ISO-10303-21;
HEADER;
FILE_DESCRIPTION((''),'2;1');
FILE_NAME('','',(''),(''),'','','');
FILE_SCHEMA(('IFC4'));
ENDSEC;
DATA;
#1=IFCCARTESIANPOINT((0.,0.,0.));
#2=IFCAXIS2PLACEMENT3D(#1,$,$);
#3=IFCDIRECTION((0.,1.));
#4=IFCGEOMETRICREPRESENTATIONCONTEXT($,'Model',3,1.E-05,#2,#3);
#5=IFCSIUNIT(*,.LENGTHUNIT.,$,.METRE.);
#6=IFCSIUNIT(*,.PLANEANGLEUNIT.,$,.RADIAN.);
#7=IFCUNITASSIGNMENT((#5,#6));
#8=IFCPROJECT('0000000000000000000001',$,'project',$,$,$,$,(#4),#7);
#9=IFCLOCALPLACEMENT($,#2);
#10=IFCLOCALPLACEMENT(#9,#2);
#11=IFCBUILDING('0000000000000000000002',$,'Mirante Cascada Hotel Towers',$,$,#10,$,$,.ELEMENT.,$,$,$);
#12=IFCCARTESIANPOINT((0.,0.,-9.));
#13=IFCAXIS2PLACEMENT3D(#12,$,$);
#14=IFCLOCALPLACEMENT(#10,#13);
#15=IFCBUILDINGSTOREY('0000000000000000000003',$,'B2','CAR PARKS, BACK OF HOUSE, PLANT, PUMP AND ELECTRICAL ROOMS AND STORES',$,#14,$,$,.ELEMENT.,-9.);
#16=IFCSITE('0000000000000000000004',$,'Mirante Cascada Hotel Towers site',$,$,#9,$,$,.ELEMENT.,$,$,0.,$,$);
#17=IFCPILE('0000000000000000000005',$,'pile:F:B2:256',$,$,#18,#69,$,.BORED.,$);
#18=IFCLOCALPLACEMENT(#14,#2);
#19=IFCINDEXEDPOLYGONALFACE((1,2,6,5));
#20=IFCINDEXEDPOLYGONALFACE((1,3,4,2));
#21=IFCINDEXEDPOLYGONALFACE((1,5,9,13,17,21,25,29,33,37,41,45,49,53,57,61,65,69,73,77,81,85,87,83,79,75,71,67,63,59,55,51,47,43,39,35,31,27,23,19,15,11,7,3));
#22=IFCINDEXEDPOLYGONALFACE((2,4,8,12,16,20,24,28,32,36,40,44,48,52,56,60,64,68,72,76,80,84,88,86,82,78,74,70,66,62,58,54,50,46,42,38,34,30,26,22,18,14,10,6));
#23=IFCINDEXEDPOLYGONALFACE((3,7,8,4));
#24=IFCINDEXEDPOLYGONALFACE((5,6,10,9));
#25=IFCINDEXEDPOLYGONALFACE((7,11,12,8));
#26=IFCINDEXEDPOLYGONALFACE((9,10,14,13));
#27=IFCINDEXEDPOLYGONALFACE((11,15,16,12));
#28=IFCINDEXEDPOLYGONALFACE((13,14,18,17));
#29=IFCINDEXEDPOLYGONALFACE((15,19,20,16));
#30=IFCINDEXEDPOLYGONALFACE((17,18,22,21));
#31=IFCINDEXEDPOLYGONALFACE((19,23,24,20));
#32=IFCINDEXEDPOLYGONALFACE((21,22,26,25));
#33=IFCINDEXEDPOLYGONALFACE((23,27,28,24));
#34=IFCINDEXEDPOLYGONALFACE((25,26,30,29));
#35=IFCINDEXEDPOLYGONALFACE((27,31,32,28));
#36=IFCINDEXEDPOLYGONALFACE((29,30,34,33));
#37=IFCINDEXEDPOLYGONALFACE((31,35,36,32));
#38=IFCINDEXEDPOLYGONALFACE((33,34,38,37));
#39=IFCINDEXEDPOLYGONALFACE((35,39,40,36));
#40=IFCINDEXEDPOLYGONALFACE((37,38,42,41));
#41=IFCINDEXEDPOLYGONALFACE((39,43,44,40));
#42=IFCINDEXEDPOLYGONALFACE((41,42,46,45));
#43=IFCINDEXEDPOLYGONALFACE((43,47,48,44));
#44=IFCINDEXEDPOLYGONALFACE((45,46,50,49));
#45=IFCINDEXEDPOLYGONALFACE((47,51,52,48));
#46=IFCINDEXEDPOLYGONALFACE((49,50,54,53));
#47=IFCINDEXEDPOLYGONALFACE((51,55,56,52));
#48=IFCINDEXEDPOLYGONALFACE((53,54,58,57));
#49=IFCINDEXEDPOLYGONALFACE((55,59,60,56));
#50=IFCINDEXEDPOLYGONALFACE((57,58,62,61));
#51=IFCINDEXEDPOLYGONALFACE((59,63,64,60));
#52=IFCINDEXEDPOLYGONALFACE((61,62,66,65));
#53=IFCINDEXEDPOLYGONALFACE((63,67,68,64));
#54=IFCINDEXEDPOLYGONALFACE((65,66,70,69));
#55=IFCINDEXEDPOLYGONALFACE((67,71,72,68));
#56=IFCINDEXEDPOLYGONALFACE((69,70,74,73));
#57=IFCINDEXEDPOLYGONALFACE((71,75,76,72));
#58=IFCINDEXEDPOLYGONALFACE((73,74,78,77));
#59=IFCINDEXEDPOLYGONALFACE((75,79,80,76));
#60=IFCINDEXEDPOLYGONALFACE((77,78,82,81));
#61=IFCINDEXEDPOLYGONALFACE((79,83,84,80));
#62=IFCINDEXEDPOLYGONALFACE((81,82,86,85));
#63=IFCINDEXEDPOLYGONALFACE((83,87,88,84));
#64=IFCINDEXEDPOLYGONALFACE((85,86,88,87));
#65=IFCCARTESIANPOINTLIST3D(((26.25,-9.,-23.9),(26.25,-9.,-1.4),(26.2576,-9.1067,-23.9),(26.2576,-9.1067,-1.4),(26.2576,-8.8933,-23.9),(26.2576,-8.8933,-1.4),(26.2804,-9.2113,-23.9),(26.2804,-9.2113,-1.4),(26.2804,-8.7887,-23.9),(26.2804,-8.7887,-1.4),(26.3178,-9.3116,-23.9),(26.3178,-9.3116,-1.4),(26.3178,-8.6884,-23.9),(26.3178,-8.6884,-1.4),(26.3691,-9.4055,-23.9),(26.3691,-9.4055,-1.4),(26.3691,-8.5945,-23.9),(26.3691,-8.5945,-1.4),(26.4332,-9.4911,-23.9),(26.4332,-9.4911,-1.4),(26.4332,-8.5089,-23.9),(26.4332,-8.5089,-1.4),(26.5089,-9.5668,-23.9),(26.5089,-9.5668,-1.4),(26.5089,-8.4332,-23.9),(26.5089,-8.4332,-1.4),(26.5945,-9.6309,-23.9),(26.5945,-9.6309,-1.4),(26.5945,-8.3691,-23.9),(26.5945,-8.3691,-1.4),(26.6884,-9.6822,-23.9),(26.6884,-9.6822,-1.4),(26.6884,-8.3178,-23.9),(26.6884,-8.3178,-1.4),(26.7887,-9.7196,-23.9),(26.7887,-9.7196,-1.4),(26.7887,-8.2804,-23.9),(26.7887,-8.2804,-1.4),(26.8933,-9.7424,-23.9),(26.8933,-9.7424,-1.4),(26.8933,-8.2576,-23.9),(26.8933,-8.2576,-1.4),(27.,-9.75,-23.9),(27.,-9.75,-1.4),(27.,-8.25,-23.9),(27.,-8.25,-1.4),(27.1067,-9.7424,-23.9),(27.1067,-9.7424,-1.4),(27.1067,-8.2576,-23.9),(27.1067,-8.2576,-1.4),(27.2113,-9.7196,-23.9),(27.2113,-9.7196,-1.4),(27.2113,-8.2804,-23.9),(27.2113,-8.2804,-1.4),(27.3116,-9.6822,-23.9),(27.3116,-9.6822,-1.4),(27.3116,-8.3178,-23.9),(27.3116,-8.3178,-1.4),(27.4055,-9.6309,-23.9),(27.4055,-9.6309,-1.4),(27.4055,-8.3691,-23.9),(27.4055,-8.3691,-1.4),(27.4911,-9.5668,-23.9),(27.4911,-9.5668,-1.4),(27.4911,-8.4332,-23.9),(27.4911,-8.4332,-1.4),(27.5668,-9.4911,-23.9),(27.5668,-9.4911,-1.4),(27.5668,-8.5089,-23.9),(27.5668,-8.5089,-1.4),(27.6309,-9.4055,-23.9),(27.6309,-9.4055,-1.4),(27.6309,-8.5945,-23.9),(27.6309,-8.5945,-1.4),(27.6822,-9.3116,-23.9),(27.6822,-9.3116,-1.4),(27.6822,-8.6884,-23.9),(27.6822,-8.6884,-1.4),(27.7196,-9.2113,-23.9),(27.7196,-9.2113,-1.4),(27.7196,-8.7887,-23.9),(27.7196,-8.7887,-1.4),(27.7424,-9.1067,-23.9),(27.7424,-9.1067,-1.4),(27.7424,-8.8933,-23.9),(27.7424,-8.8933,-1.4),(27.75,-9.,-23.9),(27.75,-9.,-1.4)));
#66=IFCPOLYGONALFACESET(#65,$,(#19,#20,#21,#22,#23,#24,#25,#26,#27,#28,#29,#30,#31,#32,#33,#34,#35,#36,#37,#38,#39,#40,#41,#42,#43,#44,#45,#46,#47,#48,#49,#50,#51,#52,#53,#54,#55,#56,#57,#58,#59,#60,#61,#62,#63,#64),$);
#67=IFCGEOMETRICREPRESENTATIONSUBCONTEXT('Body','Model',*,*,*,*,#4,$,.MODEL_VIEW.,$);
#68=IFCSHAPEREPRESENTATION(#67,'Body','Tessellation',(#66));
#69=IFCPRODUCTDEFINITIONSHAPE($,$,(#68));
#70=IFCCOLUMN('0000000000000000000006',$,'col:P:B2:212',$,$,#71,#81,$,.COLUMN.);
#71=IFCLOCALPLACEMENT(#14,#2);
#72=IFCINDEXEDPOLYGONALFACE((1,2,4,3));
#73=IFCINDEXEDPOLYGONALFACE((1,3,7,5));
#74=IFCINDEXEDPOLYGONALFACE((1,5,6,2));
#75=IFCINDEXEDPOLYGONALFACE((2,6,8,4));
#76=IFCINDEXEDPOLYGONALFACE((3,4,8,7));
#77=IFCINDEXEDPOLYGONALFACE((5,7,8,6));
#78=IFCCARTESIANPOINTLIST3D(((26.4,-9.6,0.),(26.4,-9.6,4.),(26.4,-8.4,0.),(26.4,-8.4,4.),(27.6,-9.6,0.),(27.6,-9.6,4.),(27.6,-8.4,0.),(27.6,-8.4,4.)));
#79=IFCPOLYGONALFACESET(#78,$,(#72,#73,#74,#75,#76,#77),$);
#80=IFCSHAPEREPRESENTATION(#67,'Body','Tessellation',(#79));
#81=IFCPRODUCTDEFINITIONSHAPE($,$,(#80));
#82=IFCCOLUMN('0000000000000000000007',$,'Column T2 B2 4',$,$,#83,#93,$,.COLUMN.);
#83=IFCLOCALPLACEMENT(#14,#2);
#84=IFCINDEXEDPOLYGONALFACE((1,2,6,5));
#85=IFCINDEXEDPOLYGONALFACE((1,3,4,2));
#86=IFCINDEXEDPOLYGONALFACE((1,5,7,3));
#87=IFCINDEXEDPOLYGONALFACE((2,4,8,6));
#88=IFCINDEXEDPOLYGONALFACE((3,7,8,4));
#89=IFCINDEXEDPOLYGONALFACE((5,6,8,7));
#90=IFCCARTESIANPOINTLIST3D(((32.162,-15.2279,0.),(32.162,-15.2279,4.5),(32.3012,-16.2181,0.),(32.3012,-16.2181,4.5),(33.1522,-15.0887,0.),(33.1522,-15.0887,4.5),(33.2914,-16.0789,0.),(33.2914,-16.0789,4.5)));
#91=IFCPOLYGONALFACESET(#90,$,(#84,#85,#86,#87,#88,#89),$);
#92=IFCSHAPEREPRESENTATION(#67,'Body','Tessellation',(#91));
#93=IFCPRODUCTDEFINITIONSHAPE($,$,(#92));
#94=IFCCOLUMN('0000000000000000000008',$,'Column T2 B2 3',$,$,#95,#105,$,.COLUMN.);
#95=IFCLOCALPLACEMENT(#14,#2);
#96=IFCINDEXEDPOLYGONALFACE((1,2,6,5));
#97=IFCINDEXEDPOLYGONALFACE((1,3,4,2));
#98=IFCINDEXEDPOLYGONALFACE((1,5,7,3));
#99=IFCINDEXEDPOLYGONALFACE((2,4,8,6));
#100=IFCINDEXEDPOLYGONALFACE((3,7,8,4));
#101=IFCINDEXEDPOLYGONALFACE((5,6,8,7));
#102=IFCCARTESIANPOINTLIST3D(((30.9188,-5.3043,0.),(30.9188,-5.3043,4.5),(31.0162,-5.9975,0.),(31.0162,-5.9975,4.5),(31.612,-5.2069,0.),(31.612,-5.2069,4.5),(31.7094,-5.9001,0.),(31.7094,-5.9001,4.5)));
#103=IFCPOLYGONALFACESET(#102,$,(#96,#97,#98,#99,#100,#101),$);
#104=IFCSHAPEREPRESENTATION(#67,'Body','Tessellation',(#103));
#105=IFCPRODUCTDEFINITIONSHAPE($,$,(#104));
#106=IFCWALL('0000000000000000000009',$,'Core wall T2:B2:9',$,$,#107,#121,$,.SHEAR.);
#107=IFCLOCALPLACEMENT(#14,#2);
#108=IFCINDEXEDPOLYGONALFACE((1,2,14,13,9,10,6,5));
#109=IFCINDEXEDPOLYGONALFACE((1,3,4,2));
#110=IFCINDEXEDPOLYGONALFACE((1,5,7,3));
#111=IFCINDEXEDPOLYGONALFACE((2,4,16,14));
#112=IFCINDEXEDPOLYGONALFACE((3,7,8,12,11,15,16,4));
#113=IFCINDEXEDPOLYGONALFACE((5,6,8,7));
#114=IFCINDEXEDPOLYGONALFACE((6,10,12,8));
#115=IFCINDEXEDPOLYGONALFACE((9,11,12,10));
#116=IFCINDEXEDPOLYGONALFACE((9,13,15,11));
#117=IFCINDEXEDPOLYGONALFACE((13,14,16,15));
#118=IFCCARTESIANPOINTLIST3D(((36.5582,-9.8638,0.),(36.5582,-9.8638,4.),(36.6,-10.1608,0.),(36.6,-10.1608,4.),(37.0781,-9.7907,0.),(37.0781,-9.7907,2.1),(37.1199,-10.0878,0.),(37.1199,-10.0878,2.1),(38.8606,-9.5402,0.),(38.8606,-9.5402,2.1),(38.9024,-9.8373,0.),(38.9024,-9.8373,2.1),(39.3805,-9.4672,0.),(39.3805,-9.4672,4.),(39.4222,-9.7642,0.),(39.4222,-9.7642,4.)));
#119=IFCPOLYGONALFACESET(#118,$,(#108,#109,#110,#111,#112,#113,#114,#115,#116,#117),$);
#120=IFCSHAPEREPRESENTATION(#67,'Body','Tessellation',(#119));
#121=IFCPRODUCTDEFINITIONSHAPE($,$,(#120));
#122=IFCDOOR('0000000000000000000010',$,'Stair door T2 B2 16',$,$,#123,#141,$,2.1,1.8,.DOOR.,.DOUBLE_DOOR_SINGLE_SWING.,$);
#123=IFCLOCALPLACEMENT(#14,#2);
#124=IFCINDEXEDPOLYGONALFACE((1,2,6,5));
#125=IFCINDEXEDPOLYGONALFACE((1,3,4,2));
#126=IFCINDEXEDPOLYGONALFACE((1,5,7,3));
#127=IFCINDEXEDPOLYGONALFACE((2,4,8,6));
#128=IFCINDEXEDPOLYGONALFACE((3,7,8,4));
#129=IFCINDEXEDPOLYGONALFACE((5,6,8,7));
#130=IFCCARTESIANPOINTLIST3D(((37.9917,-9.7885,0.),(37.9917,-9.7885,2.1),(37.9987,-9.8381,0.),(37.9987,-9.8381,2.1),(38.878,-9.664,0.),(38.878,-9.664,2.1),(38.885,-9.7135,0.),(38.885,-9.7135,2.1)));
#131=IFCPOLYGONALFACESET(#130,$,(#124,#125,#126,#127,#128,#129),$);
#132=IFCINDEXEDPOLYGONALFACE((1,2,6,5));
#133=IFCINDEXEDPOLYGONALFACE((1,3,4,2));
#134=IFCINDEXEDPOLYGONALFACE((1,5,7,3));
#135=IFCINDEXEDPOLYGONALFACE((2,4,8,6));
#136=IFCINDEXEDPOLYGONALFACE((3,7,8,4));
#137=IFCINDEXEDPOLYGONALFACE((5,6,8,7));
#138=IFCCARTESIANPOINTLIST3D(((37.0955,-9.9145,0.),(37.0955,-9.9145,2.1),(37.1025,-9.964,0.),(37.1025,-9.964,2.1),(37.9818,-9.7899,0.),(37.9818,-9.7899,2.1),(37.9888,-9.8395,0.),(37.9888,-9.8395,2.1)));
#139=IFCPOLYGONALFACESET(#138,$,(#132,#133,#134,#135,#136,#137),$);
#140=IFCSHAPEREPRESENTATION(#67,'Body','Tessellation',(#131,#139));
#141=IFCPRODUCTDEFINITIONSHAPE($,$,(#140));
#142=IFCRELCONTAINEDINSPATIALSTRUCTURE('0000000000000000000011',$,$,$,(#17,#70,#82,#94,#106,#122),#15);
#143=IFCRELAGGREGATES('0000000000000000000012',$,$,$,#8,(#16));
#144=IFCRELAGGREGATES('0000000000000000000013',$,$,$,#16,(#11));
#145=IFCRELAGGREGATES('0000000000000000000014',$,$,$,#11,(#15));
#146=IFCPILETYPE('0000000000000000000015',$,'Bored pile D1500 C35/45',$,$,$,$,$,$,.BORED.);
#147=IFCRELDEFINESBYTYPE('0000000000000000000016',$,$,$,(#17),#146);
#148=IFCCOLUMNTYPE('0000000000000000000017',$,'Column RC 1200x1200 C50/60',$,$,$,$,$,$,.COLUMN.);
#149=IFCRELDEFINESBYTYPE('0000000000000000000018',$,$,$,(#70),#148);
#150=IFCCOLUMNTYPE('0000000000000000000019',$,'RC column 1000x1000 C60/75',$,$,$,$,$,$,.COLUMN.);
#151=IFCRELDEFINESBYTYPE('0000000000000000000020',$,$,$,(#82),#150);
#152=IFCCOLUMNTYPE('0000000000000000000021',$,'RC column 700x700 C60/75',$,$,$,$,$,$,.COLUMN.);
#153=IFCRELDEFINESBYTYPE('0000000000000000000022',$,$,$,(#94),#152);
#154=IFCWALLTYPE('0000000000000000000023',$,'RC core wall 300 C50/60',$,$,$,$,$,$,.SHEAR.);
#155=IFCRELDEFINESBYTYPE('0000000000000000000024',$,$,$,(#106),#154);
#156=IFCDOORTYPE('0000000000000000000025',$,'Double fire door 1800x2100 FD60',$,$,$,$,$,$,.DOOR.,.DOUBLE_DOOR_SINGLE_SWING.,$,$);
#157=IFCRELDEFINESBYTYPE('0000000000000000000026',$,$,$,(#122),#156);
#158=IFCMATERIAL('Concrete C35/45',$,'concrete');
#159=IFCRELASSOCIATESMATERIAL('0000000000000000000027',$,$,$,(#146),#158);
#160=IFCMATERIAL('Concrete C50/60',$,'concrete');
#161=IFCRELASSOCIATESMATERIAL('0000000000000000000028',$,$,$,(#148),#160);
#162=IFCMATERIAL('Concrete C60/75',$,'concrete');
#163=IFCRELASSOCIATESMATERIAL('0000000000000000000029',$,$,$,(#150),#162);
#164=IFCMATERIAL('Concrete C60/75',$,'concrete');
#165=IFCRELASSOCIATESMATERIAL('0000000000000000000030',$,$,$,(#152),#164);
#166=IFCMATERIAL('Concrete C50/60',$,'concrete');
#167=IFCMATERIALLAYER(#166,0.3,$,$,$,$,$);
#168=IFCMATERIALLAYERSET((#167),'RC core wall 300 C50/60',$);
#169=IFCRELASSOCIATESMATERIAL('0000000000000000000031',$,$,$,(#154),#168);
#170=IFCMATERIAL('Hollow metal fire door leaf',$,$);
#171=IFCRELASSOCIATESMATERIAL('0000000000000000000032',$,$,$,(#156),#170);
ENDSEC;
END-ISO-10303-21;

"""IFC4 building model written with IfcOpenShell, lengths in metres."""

from ifc_helpers import new_model, si_unit, direction, frame, frame_2d, origin, origin_2d, place, context, subcontext, project, spatial, rectangle, circle, extrude, material, layer, layer_set, material_profile, profile_set, type_object, element, fill, save


model = new_model("IFC4")

# Units and contexts
model_context = context("Model", 3, precision=1e-05, world=origin(), true_north=direction((0.0, 1.0)))
body_context = subcontext(model_context, "Body", "Model", "MODEL_VIEW")
ifc_project = project(units=[si_unit("LENGTHUNIT", "METRE"), si_unit("PLANEANGLEUNIT", "RADIAN")], contexts=[model_context])

# Site, building, storey
site_placement = place(None, origin())
site = spatial("IfcSite", under=ifc_project, at=site_placement, Name="Mirante Cascada Hotel Towers site", CompositionType="ELEMENT", RefElevation=0.0)
building_placement = place(site_placement, origin())
building = spatial("IfcBuilding", under=site, at=building_placement, Name="Mirante Cascada Hotel Towers", CompositionType="ELEMENT")
storey_placement = place(building_placement, frame((0.0, 0.0, -9.0)))
storey = spatial("IfcBuildingStorey", under=building, at=storey_placement, Name="B2", Description="CAR PARKS, BACK OF HOUSE, PLANT, PUMP AND ELECTRICAL ROOMS AND STORES", CompositionType="ELEMENT", Elevation=-9.0)

# Pile
ifc_material_1 = material(Name="Concrete C35/45", Category="concrete")
ifc_material_profile_1 = material_profile(ifc_material_1, circle(Radius=0.75, at=origin_2d()), Name="RC D1500")
ifc_profile_set_1 = profile_set([ifc_material_profile_1], Name="Concrete C35/45")
pile_type = type_object("IfcPileType", Name="Bored pile D1500 C35/45", PredefinedType="BORED", material=ifc_profile_set_1)
for number, where, z_axis, x_axis, name in (
    (1, (27.0, -9.0, -1.4), (0.0, 0.0, -1.0), (1.0, 0.0, 0.0), "pile:F:B2:256"),
):
    element("IfcPile", number, at=place(storey_placement, frame(where, z_axis=z_axis, x_axis=x_axis)), inside=storey, type_object=pile_type, Name=name, PredefinedType="BORED", context=body_context, shape_type="SweptSolid", body=[
        extrude(circle(Radius=0.75, at=origin_2d()), origin(), (0.0, 0.0, 1.0), 22.5),
    ])

# Columns
ifc_material_2 = material(Name="Concrete C50/60", Category="concrete")
ifc_material_profile_2 = material_profile(ifc_material_2, rectangle(XDim=1.2, YDim=1.2, at=origin_2d()), Name="RC 1200x1200")
ifc_profile_set_2 = profile_set([ifc_material_profile_2], Name="Concrete C50/60")
column_type_1 = type_object("IfcColumnType", Name="Column RC 1200x1200 C50/60", PredefinedType="COLUMN", material=ifc_profile_set_2)
column_1_placement = place(storey_placement, frame((27.0, -9.0, 0.0), z_axis=(0.0, 0.0, 1.0), x_axis=(1.0, 0.0, 0.0)))
element("IfcColumn", 2, at=column_1_placement, inside=storey, type_object=column_type_1, Name="col:P:B2:212", PredefinedType="COLUMN", context=body_context, shape_type="SweptSolid", body=[
    extrude(rectangle(XDim=1.2, YDim=1.2, at=origin_2d()), origin(), (0.0, 0.0, 1.0), 4.0),
])
ifc_material_3 = material(Name="Concrete C60/75", Category="concrete")
ifc_material_profile_3 = material_profile(ifc_material_3, rectangle(XDim=1.0, YDim=1.0, at=origin_2d()), Name="RC column 1000x1000 C60/75")
ifc_profile_set_3 = profile_set([ifc_material_profile_3], Name="Concrete C60/75")
column_type_2 = type_object("IfcColumnType", Name="RC column 1000x1000 C60/75", PredefinedType="COLUMN", material=ifc_profile_set_3)
column_2_placement = place(storey_placement, frame((32.7267, -15.6534, 0.0), z_axis=(0.0, 0.0, 1.0), x_axis=(0.990268, 0.139173, 0.0)))
element("IfcColumn", 3, at=column_2_placement, inside=storey, type_object=column_type_2, Name="Column T2 B2 4", PredefinedType="COLUMN", context=body_context, shape_type="SweptSolid", body=[
    extrude(rectangle(XDim=1.0, YDim=1.0, at=origin_2d()), origin(), (0.0, 0.0, 1.0), 4.5),
])
ifc_material_4 = material(Name="Concrete C60/75", Category="concrete")
ifc_material_profile_4 = material_profile(ifc_material_4, rectangle(XDim=0.7, YDim=0.7, at=origin_2d()), Name="RC column 700x700 C60/75")
ifc_profile_set_4 = profile_set([ifc_material_profile_4], Name="Concrete C60/75")
column_type_3 = type_object("IfcColumnType", Name="RC column 700x700 C60/75", PredefinedType="COLUMN", material=ifc_profile_set_4)
column_3_placement = place(storey_placement, frame((31.3141, -5.6022, 0.0), z_axis=(0.0, 0.0, 1.0), x_axis=(0.990268, 0.139173, 0.0)))
element("IfcColumn", 4, at=column_3_placement, inside=storey, type_object=column_type_3, Name="Column T2 B2 3", PredefinedType="COLUMN", context=body_context, shape_type="SweptSolid", body=[
    extrude(rectangle(XDim=0.7, YDim=0.7, at=origin_2d()), origin(), (0.0, 0.0, 1.0), 4.5),
])

# Wall, opening, door
ifc_material_5 = material(Name="Concrete C50/60", Category="concrete")
ifc_layer_1 = layer(ifc_material_5, 0.3)
ifc_layer_set_1 = layer_set([ifc_layer_1], Name="RC core wall 300 C50/60")
wall_type_1 = type_object("IfcWallType", Name="RC core wall 300 C50/60", PredefinedType="SHEAR", material=ifc_layer_set_1)
wall_1_placement = place(storey_placement, frame((36.5791, -10.0123, 0.0), z_axis=(0.0, 0.0, 1.0), x_axis=(0.99027, 0.139156, 0.0)))
wall_1 = element("IfcWall", 5, at=wall_1_placement, inside=storey, type_object=wall_type_1, Name="Core wall T2:B2:9", PredefinedType="SHEAR", context=body_context, shape_type="SweptSolid", body=[
    extrude(rectangle(XDim=2.85, YDim=0.3, at=frame_2d((1.425, 0.0))), origin(), (0.0, 0.0, 1.0), 4.0),
])
opening_1_placement = place(wall_1_placement, frame((0.525, 0.0, 0.0)))
opening_1 = element("IfcOpeningElement", 6, at=opening_1_placement, cuts=wall_1, PredefinedType="OPENING", context=body_context, shape_type="SweptSolid", body=[
    extrude(rectangle(XDim=1.8, YDim=2.1, at=frame_2d((0.9, 1.05))), frame((0.0, 0.15, 0.0), z_axis=(0.0, -1.0, 0.0), x_axis=(1.0, 0.0, 0.0)), (0.0, 0.0, 1.0), 0.3),
])
ifc_material_6 = material(Name="Hollow metal fire door leaf")
door_type_1 = type_object("IfcDoorType", Name="Double fire door 1800x2100 FD60", OperationType="DOUBLE_DOOR_SINGLE_SWING", PredefinedType="DOOR", material=ifc_material_6)
door_1_placement = place(opening_1_placement, frame((1.8, 0.0, 0.0), z_axis=(0.0, 0.0, 1.0), x_axis=(-1.0, 0.0, 0.0)))
door_1 = element("IfcDoor", 7, at=door_1_placement, inside=storey, type_object=door_type_1, Name="Stair door T2 B2 16", OperationType="DOUBLE_DOOR_SINGLE_SWING", OverallHeight=2.1, OverallWidth=1.8, PredefinedType="DOOR", context=body_context, shape_type="SweptSolid", body=[
    extrude(rectangle(XDim=0.895, YDim=2.1, at=frame_2d((0.4475, 1.05))), frame((0.0, 0.025, 0.0), z_axis=(0.0, -1.0, 0.0), x_axis=(1.0, 0.0, 0.0)), (0.0, 0.0, 1.0), 0.05),
    extrude(rectangle(XDim=0.895, YDim=2.1, at=frame_2d((1.3525, 1.05))), frame((0.0, 0.025, 0.0), z_axis=(0.0, -1.0, 0.0), x_axis=(1.0, 0.0, 0.0)), (0.0, 0.0, 1.0), 0.05),
])
fill(opening_1, door_1)

save(model, "model.ifc")
